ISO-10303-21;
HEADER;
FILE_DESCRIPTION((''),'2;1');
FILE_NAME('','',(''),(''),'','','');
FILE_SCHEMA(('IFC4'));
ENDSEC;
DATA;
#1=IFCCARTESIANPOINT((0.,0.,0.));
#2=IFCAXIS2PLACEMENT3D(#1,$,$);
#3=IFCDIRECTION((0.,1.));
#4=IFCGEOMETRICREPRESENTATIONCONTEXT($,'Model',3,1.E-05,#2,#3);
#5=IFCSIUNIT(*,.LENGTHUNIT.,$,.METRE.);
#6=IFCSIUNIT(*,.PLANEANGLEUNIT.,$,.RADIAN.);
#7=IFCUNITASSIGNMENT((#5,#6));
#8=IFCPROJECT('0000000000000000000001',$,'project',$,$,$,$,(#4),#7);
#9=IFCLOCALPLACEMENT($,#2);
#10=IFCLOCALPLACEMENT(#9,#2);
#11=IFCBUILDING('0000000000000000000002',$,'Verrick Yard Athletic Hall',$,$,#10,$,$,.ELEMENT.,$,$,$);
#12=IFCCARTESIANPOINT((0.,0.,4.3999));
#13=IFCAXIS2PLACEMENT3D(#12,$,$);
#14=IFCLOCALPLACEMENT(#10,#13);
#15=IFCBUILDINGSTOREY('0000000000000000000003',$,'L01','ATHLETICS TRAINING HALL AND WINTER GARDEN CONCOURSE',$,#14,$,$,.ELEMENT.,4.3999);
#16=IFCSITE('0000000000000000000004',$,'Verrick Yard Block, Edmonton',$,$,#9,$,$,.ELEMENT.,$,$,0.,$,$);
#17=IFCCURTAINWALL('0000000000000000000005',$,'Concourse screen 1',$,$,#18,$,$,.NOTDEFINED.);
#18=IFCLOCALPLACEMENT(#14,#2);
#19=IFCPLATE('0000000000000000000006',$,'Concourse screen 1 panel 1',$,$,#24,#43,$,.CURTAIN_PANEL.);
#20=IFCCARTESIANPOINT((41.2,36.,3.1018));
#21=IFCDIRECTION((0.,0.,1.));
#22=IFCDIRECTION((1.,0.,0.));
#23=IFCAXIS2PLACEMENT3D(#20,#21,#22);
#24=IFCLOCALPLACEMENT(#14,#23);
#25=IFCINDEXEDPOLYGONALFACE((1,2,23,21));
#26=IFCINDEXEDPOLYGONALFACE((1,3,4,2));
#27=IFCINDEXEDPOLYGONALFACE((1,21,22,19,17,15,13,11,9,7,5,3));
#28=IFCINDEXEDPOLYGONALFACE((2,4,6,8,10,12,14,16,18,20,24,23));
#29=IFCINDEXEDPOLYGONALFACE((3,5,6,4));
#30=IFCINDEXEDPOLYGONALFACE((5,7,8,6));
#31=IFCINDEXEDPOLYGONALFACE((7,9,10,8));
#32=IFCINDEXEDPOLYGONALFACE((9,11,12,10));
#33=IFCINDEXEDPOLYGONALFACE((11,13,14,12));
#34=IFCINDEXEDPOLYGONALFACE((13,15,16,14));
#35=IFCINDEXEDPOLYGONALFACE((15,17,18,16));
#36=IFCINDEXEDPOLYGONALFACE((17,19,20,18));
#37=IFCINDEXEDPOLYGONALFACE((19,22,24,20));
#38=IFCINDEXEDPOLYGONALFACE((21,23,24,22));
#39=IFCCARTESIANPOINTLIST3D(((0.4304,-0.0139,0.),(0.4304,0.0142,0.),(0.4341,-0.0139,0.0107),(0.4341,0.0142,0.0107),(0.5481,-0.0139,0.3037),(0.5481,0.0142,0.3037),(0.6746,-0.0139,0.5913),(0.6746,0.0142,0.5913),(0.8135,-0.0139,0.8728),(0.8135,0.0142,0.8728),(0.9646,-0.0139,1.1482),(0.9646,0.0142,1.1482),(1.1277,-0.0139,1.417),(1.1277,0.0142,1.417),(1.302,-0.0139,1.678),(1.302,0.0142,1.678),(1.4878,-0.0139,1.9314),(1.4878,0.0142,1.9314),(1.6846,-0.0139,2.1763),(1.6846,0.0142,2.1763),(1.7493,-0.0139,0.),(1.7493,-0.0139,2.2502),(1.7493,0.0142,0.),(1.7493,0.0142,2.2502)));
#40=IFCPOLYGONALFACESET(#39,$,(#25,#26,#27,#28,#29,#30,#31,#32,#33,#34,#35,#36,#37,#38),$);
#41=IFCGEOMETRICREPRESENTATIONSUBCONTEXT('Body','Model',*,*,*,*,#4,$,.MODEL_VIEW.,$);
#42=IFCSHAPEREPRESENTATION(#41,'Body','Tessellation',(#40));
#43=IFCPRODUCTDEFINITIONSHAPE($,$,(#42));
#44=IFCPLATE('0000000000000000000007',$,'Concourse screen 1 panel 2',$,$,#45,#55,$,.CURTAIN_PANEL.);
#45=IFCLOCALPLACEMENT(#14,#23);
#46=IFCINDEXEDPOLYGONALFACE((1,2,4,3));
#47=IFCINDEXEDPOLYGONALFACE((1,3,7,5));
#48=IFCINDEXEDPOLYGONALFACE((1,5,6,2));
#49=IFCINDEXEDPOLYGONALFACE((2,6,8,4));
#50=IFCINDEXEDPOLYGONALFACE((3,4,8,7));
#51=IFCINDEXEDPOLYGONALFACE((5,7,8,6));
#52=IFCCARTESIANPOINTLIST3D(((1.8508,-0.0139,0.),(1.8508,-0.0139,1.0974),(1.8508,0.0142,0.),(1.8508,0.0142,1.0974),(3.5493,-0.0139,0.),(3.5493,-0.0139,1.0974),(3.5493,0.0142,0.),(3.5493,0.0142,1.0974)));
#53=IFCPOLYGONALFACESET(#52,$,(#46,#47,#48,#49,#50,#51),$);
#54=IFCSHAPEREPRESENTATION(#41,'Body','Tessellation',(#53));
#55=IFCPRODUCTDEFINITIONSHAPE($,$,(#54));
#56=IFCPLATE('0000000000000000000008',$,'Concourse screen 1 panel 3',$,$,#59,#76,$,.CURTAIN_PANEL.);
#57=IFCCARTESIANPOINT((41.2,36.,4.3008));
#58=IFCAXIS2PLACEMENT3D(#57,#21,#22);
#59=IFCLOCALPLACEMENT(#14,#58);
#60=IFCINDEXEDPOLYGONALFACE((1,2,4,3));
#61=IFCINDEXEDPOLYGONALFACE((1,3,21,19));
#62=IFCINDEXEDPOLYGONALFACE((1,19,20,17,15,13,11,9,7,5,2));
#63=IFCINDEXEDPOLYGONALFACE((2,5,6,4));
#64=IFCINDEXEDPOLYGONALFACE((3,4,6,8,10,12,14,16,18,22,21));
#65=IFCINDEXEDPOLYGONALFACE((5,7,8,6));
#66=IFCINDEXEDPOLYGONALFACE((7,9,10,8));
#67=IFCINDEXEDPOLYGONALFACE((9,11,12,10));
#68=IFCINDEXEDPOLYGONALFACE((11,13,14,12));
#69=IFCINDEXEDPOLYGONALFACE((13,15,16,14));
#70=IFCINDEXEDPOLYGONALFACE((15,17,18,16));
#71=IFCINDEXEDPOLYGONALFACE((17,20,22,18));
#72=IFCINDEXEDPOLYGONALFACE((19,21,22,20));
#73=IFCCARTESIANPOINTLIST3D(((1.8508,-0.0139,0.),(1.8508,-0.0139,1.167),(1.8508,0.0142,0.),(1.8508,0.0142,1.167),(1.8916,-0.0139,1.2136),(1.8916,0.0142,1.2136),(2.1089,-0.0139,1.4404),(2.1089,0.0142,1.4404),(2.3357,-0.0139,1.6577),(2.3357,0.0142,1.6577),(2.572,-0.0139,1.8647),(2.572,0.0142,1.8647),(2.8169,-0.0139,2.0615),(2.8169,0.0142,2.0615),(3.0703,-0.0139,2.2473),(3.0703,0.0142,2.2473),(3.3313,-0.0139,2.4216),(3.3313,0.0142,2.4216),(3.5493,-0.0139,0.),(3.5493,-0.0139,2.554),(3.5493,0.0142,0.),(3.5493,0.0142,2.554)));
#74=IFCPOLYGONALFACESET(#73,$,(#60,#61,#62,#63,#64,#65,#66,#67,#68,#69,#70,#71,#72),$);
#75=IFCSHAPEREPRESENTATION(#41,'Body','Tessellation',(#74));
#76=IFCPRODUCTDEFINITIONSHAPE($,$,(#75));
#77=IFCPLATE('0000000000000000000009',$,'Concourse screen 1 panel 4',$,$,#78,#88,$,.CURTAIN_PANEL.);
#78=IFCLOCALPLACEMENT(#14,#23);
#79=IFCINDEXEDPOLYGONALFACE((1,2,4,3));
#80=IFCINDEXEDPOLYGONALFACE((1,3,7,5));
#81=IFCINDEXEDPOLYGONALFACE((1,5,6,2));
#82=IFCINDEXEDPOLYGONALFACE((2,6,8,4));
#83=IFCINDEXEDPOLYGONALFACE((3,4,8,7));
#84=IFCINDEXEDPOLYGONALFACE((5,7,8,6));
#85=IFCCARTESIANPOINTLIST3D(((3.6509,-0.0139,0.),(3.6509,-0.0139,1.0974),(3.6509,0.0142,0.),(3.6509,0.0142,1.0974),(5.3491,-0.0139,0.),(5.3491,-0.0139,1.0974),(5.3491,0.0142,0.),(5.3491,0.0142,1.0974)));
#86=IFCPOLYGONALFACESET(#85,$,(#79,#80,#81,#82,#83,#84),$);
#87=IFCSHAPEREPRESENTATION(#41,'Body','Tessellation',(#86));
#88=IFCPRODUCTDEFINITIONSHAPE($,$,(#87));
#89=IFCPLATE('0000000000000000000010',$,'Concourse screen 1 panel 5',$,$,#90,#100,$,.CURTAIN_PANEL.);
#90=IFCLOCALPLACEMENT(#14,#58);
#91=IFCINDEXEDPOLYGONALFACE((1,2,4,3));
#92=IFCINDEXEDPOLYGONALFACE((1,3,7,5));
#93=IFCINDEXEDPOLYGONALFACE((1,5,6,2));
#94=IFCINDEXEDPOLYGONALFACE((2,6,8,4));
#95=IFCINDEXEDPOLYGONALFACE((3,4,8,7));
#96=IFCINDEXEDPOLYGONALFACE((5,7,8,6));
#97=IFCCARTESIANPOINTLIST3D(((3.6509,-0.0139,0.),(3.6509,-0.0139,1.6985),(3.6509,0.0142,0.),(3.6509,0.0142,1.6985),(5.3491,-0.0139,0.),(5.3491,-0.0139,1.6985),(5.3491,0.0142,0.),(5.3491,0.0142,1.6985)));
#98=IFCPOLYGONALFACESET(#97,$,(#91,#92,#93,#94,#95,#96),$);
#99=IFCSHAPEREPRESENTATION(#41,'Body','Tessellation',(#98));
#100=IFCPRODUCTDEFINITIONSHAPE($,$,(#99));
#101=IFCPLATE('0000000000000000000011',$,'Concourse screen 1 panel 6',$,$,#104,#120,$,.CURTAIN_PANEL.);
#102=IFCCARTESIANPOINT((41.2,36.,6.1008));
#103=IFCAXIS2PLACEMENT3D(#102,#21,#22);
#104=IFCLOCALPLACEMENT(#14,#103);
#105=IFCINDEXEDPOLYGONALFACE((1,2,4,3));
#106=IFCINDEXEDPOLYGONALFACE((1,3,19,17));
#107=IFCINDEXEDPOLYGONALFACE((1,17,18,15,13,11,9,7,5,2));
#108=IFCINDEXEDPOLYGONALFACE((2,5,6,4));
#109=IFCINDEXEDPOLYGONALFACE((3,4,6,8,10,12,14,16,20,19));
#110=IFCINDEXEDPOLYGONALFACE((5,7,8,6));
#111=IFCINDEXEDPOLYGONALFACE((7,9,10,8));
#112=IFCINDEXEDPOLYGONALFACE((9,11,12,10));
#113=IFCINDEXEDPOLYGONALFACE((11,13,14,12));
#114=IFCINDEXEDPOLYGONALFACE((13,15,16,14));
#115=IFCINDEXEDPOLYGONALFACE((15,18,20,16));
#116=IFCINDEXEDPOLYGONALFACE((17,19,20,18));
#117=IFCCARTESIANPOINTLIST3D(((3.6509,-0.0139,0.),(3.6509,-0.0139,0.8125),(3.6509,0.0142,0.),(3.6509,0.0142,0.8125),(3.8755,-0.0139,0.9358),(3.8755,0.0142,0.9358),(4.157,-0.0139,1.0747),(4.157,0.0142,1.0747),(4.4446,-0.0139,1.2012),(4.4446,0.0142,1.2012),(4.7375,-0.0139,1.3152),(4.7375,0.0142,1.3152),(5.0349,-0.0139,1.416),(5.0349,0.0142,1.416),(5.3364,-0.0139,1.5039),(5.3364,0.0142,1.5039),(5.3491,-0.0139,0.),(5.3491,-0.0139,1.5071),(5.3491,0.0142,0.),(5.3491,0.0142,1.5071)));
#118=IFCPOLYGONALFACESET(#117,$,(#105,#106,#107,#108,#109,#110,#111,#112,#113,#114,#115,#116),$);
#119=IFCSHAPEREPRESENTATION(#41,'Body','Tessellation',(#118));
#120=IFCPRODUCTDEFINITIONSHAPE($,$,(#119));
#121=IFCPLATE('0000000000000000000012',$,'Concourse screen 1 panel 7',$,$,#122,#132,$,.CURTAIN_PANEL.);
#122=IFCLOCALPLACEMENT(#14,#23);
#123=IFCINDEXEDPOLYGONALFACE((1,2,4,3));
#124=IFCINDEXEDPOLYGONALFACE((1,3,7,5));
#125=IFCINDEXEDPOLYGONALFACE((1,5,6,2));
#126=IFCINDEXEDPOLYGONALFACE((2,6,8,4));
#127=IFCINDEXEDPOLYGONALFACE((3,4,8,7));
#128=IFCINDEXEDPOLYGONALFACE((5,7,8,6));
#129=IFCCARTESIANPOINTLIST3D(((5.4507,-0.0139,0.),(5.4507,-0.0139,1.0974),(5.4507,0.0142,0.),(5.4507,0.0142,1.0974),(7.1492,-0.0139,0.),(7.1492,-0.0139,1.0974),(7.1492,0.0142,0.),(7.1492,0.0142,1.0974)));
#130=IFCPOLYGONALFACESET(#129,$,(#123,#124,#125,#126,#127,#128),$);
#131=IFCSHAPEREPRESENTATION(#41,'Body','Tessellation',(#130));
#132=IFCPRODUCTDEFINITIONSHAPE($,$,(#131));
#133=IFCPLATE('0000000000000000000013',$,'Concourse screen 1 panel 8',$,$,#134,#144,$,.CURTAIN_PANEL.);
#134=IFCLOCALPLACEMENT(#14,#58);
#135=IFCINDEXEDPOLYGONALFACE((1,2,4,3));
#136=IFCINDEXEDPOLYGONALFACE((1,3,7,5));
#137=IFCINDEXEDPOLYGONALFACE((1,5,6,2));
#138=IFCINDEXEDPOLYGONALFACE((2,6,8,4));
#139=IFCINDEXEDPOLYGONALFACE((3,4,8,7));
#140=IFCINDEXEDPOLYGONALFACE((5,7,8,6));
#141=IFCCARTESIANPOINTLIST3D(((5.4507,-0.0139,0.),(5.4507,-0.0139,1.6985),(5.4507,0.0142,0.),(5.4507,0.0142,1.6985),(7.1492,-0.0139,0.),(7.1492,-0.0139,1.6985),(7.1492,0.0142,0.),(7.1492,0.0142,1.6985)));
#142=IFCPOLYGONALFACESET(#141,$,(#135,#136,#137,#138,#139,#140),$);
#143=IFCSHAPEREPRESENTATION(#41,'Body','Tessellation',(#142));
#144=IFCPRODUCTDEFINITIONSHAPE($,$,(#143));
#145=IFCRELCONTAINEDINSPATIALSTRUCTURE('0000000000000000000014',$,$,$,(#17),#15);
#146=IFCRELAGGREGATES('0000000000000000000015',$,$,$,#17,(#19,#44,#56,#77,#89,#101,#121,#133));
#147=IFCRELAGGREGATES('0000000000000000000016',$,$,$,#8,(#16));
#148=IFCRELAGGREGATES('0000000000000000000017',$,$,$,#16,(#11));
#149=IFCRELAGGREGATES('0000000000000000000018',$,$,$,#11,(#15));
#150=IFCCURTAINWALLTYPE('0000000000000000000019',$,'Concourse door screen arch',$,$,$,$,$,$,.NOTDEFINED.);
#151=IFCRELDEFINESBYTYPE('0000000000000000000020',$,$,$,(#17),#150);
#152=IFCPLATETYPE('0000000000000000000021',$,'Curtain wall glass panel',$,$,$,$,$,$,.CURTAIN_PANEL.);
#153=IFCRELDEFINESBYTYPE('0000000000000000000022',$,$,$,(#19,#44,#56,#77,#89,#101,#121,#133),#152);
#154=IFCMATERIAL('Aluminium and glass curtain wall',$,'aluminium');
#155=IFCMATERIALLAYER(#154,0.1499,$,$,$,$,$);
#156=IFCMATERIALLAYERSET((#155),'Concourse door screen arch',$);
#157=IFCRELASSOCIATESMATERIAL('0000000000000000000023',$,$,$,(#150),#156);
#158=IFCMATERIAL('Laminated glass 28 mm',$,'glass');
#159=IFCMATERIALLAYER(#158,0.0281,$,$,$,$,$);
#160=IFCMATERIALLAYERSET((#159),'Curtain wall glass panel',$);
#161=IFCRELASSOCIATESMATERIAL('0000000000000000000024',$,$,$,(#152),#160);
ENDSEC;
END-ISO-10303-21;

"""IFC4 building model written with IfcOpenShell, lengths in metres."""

from ifc_helpers import new_model, si_unit, direction, frame, origin, place, context, subcontext, project, spatial, polyline, outline, extrude, material, layer, layer_set, type_object, element, aggregate, save


model = new_model("IFC4")

# Units and contexts
model_context = context("Model", 3, precision=1e-05, world=origin(), true_north=direction((0.0, 1.0)))
body_context = subcontext(model_context, "Body", "Model", "MODEL_VIEW")
ifc_project = project(units=[si_unit("LENGTHUNIT", "METRE"), si_unit("PLANEANGLEUNIT", "RADIAN")], contexts=[model_context])

# Site, building, storey
site_placement = place(None, origin())
site = spatial("IfcSite", under=ifc_project, at=site_placement, Name="Verrick Yard Block, Edmonton", CompositionType="ELEMENT", RefElevation=0.0)
building_placement = place(site_placement, origin())
building = spatial("IfcBuilding", under=site, at=building_placement, Name="Verrick Yard Athletic Hall", CompositionType="ELEMENT")
storey_placement = place(building_placement, frame((0.0, 0.0, 4.3999)))
storey = spatial("IfcBuildingStorey", under=building, at=storey_placement, Name="L01", Description="ATHLETICS TRAINING HALL AND WINTER GARDEN CONCOURSE", CompositionType="ELEMENT", Elevation=4.3999)

# Shared definitions
ifc_material_1 = material(Name="Aluminium and glass curtain wall", Category="aluminium")

# Curtain wall, plates
ifc_layer_1 = layer(ifc_material_1, 0.1499)
ifc_layer_set_1 = layer_set([ifc_layer_1], Name="Concourse door screen arch")
curtain_wall_type_1 = type_object("IfcCurtainWallType", Name="Concourse door screen arch", PredefinedType="NOTDEFINED", material=ifc_layer_set_1)
curtain_wall_1_placement = place(storey_placement, origin())
curtain_wall_1 = element("IfcCurtainWall", 1, at=curtain_wall_1_placement, inside=storey, type_object=curtain_wall_type_1, Name="Concourse screen 1", PredefinedType="NOTDEFINED")
ifc_material_2 = material(Name="Laminated glass 28 mm", Category="glass")
ifc_layer_2 = layer(ifc_material_2, 0.0281)
ifc_layer_set_2 = layer_set([ifc_layer_2], Name="Curtain wall glass panel")
plate_type = type_object("IfcPlateType", Name="Curtain wall glass panel", PredefinedType="CURTAIN_PANEL", material=ifc_layer_set_2)
plate_1_placement = place(storey_placement, frame((41.2, 36.0, 3.1018), z_axis=(0.0, 0.0, 1.0), x_axis=(1.0, 0.0, 0.0)))
plate_1 = element("IfcPlate", 2, at=plate_1_placement, type_object=plate_type, Name="Concourse screen 1 panel 1", PredefinedType="CURTAIN_PANEL", context=body_context, shape_type="SweptSolid", body=[
    extrude(outline(polyline([(1.7493, 2.2502), (1.6846, 2.1763), (1.4878, 1.9314), (1.302, 1.678), (1.1277, 1.417), (0.9646, 1.1482), (0.8135, 0.8728), (0.6746, 0.5913), (0.5481, 0.3037), (0.4341, 0.0107), (0.4304, 0.0), (1.7493, 0.0), (1.7493, 2.2502)])), frame((0.0, 0.0142, 0.0), z_axis=(0.0, -1.0, 0.0), x_axis=(1.0, 0.0, 0.0)), (0.0, 0.0, 1.0), 0.0281),
])
plate_2_placement = place(storey_placement, frame((41.2, 36.0, 3.1018), z_axis=(0.0, 0.0, 1.0), x_axis=(1.0, 0.0, 0.0)))
plate_2 = element("IfcPlate", 3, at=plate_2_placement, type_object=plate_type, Name="Concourse screen 1 panel 2", PredefinedType="CURTAIN_PANEL", context=body_context, shape_type="SweptSolid", body=[
    extrude(outline(polyline([(3.5493, 0.0), (3.5493, 1.0974), (1.8508, 1.0974), (1.8508, 0.0), (3.5493, 0.0)])), frame((0.0, 0.0142, 0.0), z_axis=(0.0, -1.0, 0.0), x_axis=(1.0, 0.0, 0.0)), (0.0, 0.0, 1.0), 0.0281),
])
plate_3_placement = place(storey_placement, frame((41.2, 36.0, 4.3008), z_axis=(0.0, 0.0, 1.0), x_axis=(1.0, 0.0, 0.0)))
plate_3 = element("IfcPlate", 4, at=plate_3_placement, type_object=plate_type, Name="Concourse screen 1 panel 3", PredefinedType="CURTAIN_PANEL", context=body_context, shape_type="SweptSolid", body=[
    extrude(outline(polyline([(3.5493, 2.554), (3.3313, 2.4216), (3.0703, 2.2473), (2.8169, 2.0615), (2.572, 1.8647), (2.3357, 1.6577), (2.1089, 1.4404), (1.8916, 1.2136), (1.8508, 1.167), (1.8508, 0.0), (3.5493, 0.0), (3.5493, 2.554)])), frame((0.0, 0.0142, 0.0), z_axis=(0.0, -1.0, 0.0), x_axis=(1.0, 0.0, 0.0)), (0.0, 0.0, 1.0), 0.0281),
])
plate_4_placement = place(storey_placement, frame((41.2, 36.0, 3.1018), z_axis=(0.0, 0.0, 1.0), x_axis=(1.0, 0.0, 0.0)))
plate_4 = element("IfcPlate", 5, at=plate_4_placement, type_object=plate_type, Name="Concourse screen 1 panel 4", PredefinedType="CURTAIN_PANEL", context=body_context, shape_type="SweptSolid", body=[
    extrude(outline(polyline([(5.3491, 0.0), (5.3491, 1.0974), (3.6509, 1.0974), (3.6509, 0.0), (5.3491, 0.0)])), frame((0.0, 0.0142, 0.0), z_axis=(0.0, -1.0, 0.0), x_axis=(1.0, 0.0, 0.0)), (0.0, 0.0, 1.0), 0.0281),
])
plate_5_placement = place(storey_placement, frame((41.2, 36.0, 4.3008), z_axis=(0.0, 0.0, 1.0), x_axis=(1.0, 0.0, 0.0)))
plate_5 = element("IfcPlate", 6, at=plate_5_placement, type_object=plate_type, Name="Concourse screen 1 panel 5", PredefinedType="CURTAIN_PANEL", context=body_context, shape_type="SweptSolid", body=[
    extrude(outline(polyline([(5.3491, 0.0), (5.3491, 1.6985), (3.6509, 1.6985), (3.6509, 0.0), (5.3491, 0.0)])), frame((0.0, 0.0142, 0.0), z_axis=(0.0, -1.0, 0.0), x_axis=(1.0, 0.0, 0.0)), (0.0, 0.0, 1.0), 0.0281),
])
plate_6_placement = place(storey_placement, frame((41.2, 36.0, 6.1008), z_axis=(0.0, 0.0, 1.0), x_axis=(1.0, 0.0, 0.0)))
plate_6 = element("IfcPlate", 7, at=plate_6_placement, type_object=plate_type, Name="Concourse screen 1 panel 6", PredefinedType="CURTAIN_PANEL", context=body_context, shape_type="SweptSolid", body=[
    extrude(outline(polyline([(5.3491, 1.5071), (5.3364, 1.5039), (5.0349, 1.416), (4.7375, 1.3152), (4.4446, 1.2012), (4.157, 1.0747), (3.8755, 0.9358), (3.6509, 0.8125), (3.6509, 0.0), (5.3491, 0.0), (5.3491, 1.5071)])), frame((0.0, 0.0142, 0.0), z_axis=(0.0, -1.0, 0.0), x_axis=(1.0, 0.0, 0.0)), (0.0, 0.0, 1.0), 0.0281),
])
plate_7_placement = place(storey_placement, frame((41.2, 36.0, 3.1018), z_axis=(0.0, 0.0, 1.0), x_axis=(1.0, 0.0, 0.0)))
plate_7 = element("IfcPlate", 8, at=plate_7_placement, type_object=plate_type, Name="Concourse screen 1 panel 7", PredefinedType="CURTAIN_PANEL", context=body_context, shape_type="SweptSolid", body=[
    extrude(outline(polyline([(7.1492, 0.0), (7.1492, 1.0974), (5.4507, 1.0974), (5.4507, 0.0), (7.1492, 0.0)])), frame((0.0, 0.0142, 0.0), z_axis=(0.0, -1.0, 0.0), x_axis=(1.0, 0.0, 0.0)), (0.0, 0.0, 1.0), 0.0281),
])
plate_8_placement = place(storey_placement, frame((41.2, 36.0, 4.3008), z_axis=(0.0, 0.0, 1.0), x_axis=(1.0, 0.0, 0.0)))
plate_8 = element("IfcPlate", 9, at=plate_8_placement, type_object=plate_type, Name="Concourse screen 1 panel 8", PredefinedType="CURTAIN_PANEL", context=body_context, shape_type="SweptSolid", body=[
    extrude(outline(polyline([(7.1492, 0.0), (7.1492, 1.6985), (5.4507, 1.6985), (5.4507, 0.0), (7.1492, 0.0)])), frame((0.0, 0.0142, 0.0), z_axis=(0.0, -1.0, 0.0), x_axis=(1.0, 0.0, 0.0)), (0.0, 0.0, 1.0), 0.0281),
])
aggregate(curtain_wall_1, [plate_1, plate_2, plate_3, plate_4, plate_5, plate_6, plate_7, plate_8])

save(model, "model.ifc")
